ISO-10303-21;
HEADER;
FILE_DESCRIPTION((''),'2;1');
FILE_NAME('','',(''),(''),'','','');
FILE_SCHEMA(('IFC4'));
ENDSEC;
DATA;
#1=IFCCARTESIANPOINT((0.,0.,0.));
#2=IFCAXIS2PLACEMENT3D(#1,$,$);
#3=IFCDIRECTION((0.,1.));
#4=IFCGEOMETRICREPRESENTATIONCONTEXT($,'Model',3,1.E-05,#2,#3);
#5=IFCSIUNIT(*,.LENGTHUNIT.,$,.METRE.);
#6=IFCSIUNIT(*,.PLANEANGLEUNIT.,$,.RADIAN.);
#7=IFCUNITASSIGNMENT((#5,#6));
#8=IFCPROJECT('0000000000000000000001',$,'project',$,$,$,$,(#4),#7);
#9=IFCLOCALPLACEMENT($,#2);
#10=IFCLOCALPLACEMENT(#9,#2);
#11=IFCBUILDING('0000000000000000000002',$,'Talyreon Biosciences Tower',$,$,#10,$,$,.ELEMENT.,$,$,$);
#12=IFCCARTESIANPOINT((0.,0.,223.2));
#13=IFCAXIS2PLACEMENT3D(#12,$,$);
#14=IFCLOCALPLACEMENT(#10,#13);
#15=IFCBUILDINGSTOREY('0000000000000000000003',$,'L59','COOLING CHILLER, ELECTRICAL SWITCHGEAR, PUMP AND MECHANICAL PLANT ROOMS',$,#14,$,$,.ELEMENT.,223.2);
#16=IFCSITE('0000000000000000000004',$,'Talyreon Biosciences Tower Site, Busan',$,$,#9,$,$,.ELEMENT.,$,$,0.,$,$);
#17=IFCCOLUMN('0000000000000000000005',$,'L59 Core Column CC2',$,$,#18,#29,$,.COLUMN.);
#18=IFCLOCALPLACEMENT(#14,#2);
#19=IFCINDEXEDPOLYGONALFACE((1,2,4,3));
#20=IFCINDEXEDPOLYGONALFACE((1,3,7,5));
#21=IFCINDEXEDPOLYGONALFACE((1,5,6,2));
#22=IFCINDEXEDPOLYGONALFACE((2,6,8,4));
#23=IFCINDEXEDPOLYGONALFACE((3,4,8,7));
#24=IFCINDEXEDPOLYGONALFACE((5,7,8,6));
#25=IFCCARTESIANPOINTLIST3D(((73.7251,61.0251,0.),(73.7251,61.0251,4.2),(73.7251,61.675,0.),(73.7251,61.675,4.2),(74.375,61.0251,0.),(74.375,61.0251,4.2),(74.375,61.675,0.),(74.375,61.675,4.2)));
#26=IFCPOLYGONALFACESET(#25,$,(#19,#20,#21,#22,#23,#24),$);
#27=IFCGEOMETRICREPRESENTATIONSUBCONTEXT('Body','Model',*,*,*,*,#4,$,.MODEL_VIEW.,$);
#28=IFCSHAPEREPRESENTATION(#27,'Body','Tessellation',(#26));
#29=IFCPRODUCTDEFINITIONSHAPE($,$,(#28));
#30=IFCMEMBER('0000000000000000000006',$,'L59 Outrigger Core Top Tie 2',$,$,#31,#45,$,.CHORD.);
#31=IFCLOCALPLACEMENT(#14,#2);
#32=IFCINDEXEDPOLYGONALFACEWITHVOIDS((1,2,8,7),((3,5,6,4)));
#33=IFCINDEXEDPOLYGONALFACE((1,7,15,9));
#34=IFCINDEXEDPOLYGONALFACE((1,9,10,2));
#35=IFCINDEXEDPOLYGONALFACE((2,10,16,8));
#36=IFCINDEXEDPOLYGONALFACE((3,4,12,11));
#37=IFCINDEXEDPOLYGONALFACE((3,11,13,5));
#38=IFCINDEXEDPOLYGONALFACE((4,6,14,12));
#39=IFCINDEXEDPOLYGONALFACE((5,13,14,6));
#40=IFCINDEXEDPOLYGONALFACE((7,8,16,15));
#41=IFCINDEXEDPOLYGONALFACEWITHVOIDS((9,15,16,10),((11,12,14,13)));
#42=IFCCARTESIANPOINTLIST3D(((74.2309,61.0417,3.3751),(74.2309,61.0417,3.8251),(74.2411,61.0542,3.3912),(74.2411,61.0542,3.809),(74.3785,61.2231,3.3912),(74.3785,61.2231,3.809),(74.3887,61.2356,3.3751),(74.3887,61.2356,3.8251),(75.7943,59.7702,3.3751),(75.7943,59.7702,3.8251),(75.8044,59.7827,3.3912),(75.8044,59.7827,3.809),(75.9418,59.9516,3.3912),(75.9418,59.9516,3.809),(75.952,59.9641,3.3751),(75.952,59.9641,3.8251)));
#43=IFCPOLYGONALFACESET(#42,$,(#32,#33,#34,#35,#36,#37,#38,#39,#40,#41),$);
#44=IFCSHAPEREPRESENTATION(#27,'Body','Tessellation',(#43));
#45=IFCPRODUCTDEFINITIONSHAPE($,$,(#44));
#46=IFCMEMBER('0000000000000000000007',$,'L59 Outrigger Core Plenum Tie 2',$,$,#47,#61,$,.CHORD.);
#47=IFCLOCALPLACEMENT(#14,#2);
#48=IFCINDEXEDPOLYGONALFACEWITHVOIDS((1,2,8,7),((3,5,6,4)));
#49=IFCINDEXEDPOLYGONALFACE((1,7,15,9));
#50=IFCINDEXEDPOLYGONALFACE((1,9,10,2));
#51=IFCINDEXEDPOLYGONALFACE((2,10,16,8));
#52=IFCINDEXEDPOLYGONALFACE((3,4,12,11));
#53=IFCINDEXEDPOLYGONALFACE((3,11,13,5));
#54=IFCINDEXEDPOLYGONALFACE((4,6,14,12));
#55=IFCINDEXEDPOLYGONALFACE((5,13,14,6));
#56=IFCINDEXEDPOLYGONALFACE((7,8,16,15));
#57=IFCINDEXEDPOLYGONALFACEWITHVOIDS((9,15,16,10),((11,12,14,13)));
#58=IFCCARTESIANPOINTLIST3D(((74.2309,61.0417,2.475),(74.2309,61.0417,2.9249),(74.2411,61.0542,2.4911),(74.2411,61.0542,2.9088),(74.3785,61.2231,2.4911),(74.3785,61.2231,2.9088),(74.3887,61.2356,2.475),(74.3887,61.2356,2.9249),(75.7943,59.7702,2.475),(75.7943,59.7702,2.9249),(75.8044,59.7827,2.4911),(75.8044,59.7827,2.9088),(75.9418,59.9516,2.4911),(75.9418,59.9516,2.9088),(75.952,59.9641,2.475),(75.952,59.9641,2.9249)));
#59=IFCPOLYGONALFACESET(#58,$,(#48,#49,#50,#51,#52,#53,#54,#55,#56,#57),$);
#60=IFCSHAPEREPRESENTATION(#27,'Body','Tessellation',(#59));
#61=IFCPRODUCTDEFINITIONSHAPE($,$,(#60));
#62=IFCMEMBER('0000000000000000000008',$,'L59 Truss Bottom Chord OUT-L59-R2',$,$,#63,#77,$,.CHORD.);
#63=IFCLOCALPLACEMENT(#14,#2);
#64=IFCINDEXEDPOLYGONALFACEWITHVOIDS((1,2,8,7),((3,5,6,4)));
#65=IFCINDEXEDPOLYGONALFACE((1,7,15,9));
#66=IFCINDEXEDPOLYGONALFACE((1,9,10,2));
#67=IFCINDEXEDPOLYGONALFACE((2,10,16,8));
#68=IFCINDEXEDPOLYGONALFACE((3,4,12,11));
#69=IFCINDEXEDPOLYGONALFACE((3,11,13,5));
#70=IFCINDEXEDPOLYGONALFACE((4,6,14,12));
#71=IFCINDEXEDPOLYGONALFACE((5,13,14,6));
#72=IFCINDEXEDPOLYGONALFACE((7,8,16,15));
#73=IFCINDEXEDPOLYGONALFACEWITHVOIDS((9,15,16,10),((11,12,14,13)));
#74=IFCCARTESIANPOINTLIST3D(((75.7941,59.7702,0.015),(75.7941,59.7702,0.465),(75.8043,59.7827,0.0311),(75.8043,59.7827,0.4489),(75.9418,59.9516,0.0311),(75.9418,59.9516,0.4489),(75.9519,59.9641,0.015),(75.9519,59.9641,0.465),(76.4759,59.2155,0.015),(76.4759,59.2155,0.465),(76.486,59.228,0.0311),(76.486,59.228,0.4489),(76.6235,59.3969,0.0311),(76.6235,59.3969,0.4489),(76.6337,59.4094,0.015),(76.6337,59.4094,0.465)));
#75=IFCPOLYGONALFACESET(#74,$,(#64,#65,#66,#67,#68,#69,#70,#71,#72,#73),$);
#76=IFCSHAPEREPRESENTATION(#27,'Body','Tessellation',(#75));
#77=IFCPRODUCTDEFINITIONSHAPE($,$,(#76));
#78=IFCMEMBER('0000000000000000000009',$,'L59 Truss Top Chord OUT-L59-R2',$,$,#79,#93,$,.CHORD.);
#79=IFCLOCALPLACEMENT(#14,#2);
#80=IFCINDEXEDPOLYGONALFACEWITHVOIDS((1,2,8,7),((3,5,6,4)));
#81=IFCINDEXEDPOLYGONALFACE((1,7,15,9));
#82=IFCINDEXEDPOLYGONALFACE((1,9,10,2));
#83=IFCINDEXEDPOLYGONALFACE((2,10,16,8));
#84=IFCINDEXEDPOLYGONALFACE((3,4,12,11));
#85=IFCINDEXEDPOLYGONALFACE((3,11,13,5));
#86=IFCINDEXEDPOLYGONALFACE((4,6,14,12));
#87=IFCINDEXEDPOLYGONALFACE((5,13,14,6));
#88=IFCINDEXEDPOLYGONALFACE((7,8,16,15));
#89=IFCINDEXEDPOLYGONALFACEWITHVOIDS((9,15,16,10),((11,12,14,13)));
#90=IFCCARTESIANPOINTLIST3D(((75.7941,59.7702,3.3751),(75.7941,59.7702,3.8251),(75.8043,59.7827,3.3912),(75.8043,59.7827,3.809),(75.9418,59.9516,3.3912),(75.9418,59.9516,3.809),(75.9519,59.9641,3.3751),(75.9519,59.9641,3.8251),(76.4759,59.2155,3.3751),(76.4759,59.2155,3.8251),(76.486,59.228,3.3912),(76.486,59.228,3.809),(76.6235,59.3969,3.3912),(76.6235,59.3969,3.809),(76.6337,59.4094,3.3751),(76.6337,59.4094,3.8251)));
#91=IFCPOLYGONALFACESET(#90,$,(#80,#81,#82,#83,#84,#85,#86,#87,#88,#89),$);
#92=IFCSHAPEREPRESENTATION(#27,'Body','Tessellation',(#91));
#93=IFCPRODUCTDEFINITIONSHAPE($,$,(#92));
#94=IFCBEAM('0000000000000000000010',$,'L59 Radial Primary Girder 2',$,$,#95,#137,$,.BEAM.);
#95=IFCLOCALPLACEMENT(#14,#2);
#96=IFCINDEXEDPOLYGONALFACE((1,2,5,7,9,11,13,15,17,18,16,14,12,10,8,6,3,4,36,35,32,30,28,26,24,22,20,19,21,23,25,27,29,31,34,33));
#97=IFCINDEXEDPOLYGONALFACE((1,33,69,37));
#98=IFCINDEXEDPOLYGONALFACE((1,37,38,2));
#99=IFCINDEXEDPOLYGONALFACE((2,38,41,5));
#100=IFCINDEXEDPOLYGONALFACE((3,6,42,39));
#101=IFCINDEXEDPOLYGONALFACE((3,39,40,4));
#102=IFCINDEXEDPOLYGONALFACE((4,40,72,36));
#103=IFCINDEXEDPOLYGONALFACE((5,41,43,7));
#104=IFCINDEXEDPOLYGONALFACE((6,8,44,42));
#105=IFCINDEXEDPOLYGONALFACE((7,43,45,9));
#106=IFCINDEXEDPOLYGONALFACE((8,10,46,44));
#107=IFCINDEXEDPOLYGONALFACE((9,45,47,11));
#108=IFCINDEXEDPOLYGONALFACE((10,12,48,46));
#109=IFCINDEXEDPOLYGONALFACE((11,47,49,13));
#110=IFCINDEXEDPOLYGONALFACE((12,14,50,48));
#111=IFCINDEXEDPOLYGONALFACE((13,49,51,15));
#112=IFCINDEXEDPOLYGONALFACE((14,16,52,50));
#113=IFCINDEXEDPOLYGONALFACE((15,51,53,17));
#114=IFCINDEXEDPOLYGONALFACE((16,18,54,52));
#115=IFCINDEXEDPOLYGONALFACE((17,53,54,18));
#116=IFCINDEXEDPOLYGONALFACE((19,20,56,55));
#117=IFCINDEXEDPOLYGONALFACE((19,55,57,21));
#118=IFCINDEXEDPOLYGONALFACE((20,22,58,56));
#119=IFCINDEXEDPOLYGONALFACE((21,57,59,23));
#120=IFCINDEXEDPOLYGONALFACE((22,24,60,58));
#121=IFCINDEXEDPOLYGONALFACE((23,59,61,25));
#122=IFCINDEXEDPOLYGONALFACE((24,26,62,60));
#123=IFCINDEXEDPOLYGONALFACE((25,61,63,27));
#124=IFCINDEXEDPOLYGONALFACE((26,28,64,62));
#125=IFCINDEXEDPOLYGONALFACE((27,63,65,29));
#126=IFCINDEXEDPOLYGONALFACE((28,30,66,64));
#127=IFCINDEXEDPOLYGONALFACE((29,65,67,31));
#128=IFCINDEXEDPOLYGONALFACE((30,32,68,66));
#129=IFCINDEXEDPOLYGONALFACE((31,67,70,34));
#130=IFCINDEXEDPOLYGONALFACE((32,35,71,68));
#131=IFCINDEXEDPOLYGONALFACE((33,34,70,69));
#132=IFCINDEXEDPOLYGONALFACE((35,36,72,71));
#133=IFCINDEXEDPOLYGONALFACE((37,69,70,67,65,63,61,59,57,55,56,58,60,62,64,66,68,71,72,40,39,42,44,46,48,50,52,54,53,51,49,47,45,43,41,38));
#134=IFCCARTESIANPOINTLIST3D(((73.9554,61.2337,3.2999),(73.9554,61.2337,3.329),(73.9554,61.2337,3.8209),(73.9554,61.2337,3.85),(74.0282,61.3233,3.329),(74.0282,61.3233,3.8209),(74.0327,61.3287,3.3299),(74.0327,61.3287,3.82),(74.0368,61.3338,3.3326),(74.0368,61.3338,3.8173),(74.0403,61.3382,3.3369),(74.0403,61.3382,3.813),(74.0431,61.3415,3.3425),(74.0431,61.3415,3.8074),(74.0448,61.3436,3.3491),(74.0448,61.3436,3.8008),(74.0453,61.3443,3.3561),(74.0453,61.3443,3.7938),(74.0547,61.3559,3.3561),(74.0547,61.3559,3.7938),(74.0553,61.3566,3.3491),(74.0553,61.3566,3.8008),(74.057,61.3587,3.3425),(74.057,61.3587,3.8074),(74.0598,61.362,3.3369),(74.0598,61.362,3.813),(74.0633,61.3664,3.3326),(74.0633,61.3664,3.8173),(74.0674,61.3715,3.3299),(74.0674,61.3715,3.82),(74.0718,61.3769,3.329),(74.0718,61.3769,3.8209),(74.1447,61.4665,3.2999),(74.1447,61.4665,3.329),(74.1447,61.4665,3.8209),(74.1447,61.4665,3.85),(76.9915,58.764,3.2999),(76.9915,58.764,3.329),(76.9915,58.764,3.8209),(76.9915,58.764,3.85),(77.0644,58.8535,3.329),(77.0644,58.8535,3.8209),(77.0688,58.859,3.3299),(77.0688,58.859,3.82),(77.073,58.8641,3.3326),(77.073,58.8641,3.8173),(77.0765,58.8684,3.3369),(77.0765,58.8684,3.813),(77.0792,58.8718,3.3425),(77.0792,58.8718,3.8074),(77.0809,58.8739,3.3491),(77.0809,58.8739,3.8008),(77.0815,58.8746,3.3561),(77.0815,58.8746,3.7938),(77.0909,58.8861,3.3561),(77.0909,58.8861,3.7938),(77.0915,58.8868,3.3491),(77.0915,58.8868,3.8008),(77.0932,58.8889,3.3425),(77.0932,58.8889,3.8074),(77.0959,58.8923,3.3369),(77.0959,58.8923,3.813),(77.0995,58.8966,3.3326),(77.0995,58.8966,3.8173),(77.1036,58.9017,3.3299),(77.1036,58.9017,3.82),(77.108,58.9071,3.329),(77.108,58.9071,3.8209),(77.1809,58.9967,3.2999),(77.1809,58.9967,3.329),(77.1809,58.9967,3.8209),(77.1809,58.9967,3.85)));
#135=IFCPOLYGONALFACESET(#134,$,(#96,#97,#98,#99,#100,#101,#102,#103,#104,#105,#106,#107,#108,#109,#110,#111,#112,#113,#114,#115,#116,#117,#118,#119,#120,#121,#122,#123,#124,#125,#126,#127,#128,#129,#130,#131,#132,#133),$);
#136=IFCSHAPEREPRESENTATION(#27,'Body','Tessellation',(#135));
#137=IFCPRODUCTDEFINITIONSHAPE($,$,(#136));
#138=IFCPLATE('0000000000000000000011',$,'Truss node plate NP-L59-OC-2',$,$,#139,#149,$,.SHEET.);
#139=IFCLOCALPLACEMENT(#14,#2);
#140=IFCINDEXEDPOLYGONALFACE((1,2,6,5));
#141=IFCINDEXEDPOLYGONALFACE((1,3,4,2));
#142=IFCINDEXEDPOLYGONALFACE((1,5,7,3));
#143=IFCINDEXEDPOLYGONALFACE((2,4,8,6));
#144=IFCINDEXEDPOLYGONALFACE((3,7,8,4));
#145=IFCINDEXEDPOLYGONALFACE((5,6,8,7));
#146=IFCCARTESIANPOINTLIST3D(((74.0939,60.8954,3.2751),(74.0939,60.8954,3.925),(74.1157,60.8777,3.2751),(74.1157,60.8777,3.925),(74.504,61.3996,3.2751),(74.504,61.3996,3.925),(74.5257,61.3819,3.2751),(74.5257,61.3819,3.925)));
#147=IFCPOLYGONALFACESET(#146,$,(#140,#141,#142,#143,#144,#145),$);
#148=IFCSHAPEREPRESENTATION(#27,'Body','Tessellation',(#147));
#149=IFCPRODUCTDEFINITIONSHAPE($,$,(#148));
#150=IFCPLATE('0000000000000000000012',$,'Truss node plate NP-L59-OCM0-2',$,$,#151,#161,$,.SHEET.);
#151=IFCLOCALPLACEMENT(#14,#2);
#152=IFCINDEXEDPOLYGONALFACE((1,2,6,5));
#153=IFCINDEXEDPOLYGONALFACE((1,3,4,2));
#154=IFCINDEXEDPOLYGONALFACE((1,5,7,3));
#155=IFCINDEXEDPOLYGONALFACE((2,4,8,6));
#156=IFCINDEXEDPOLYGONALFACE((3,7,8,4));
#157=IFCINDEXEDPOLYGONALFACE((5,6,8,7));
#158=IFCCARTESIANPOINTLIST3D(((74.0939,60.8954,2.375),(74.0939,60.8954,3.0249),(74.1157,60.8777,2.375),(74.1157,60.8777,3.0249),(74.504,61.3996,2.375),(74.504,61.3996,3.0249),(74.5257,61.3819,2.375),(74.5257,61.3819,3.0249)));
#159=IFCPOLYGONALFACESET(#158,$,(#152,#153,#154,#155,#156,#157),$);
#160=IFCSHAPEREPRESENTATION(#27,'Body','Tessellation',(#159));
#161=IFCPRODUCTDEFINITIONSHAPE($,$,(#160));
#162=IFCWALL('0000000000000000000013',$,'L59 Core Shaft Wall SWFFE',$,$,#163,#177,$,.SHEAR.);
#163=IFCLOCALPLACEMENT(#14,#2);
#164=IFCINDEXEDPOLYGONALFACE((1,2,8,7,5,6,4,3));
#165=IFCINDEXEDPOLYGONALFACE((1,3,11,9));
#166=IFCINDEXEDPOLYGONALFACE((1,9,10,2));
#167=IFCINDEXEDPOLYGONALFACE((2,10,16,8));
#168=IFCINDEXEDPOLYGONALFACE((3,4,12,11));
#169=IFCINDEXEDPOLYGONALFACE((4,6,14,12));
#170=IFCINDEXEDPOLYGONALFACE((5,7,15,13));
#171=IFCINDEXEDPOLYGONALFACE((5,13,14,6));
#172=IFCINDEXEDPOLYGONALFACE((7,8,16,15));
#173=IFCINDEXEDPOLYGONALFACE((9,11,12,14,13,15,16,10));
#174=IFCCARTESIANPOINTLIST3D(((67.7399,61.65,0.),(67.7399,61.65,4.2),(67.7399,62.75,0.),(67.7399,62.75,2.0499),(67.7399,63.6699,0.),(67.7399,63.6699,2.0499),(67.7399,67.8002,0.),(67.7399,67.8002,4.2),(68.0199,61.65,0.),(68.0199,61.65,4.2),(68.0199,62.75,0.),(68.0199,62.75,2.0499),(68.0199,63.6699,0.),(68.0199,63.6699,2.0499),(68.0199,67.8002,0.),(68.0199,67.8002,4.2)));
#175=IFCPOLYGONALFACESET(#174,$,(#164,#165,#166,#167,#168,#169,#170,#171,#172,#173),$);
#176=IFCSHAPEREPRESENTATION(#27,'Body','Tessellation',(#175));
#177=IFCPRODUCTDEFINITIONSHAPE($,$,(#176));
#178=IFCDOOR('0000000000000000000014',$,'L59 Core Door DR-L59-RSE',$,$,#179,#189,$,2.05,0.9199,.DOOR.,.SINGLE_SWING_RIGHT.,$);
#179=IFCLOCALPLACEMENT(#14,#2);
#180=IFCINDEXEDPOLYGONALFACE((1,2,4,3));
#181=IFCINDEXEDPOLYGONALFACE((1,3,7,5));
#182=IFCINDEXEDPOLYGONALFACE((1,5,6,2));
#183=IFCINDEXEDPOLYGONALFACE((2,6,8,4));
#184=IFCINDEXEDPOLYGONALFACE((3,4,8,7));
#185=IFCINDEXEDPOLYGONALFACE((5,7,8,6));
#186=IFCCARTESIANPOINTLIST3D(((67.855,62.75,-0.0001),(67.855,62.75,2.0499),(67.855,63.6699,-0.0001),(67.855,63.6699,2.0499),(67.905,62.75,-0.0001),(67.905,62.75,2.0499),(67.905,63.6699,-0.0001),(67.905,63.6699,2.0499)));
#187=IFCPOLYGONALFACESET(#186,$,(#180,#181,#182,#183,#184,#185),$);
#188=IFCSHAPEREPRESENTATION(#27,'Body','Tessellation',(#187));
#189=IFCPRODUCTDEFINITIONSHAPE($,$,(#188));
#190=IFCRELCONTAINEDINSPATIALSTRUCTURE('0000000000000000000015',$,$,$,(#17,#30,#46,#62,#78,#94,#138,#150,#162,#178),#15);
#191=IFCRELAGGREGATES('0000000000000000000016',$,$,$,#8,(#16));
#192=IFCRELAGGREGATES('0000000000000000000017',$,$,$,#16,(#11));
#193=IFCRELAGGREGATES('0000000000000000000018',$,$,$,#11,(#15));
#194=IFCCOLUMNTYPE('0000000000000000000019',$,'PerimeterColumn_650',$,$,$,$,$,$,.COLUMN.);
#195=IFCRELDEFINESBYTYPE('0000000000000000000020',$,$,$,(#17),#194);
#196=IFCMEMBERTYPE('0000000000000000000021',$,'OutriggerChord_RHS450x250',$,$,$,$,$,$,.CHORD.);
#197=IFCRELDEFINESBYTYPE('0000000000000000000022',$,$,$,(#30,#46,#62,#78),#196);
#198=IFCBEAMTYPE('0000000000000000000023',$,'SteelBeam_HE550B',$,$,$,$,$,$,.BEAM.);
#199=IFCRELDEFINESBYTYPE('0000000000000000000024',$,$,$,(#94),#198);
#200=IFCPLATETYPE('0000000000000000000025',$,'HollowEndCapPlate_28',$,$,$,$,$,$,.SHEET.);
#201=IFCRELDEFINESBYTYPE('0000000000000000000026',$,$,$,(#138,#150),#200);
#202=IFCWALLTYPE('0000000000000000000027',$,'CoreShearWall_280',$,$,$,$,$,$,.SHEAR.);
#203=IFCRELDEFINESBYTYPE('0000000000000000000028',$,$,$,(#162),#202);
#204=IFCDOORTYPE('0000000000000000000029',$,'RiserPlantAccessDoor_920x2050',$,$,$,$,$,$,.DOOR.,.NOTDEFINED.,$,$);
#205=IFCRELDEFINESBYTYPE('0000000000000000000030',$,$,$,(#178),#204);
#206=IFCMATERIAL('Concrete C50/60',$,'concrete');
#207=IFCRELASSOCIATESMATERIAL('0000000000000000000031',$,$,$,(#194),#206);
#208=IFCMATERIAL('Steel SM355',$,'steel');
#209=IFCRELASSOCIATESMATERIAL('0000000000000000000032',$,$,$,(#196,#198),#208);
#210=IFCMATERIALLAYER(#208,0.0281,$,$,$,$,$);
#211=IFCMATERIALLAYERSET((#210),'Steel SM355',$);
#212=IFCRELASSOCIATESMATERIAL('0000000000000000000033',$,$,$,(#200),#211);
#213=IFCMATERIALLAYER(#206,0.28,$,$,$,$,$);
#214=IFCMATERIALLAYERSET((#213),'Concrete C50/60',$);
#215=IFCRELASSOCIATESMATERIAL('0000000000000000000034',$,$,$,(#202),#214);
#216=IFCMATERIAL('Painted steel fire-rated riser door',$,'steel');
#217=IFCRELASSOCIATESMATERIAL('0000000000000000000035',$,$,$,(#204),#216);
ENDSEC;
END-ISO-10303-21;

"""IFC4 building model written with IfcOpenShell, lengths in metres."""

from ifc_helpers import new_model, si_unit, direction, frame, frame_2d, origin, origin_2d, place, context, subcontext, project, spatial, rectangle, hollow_rectangle, i_section, extrude, material, layer, layer_set, material_profile, profile_set, type_object, element, fill, save


model = new_model("IFC4")

# Units and contexts
model_context = context("Model", 3, precision=1e-05, world=origin(), true_north=direction((0.0, 1.0)))
body_context = subcontext(model_context, "Body", "Model", "MODEL_VIEW")
ifc_project = project(units=[si_unit("LENGTHUNIT", "METRE"), si_unit("PLANEANGLEUNIT", "RADIAN")], contexts=[model_context])

# Site, building, storey
site_placement = place(None, origin())
site = spatial("IfcSite", under=ifc_project, at=site_placement, Name="Talyreon Biosciences Tower Site, Busan", CompositionType="ELEMENT", RefElevation=0.0)
building_placement = place(site_placement, origin())
building = spatial("IfcBuilding", under=site, at=building_placement, Name="Talyreon Biosciences Tower", CompositionType="ELEMENT")
storey_placement = place(building_placement, frame((0.0, 0.0, 223.2)))
storey = spatial("IfcBuildingStorey", under=building, at=storey_placement, Name="L59", Description="COOLING CHILLER, ELECTRICAL SWITCHGEAR, PUMP AND MECHANICAL PLANT ROOMS", CompositionType="ELEMENT", Elevation=223.2)

# Column
ifc_material_1 = material(Name="Concrete C50/60", Category="concrete")
ifc_material_profile_1 = material_profile(ifc_material_1, rectangle(XDim=0.6499, YDim=0.6499, at=origin_2d()), Name="RC 650x650")
ifc_profile_set_1 = profile_set([ifc_material_profile_1], Name="Concrete C50/60")
column_type = type_object("IfcColumnType", Name="PerimeterColumn_650", PredefinedType="COLUMN", material=ifc_profile_set_1)
column_placement = place(storey_placement, frame((74.05, 61.3501, 0.0), z_axis=(0.0, 0.0, 1.0), x_axis=(1.0, 0.0, 0.0)))
element("IfcColumn", 1, at=column_placement, inside=storey, type_object=column_type, Name="L59 Core Column CC2", PredefinedType="COLUMN", context=body_context, shape_type="SweptSolid", body=[
    extrude(rectangle(XDim=0.6499, YDim=0.6499, at=origin_2d()), origin(), (0.0, 0.0, 1.0), 4.2),
])

# Members
ifc_material_2 = material(Name="Steel SM355", Category="steel")
ifc_material_profile_2 = material_profile(ifc_material_2, hollow_rectangle(XDim=0.25, YDim=0.45, WallThickness=0.0161, at=origin_2d()), Name="RHS 450x250x16")
ifc_profile_set_2 = profile_set([ifc_material_profile_2], Name="Steel SM355")
member_type = type_object("IfcMemberType", Name="OutriggerChord_RHS450x250", PredefinedType="CHORD", material=ifc_profile_set_2)
for number, where, z_axis, x_axis, name in (
    (2, (74.3098, 61.1387, 3.6001), (0.775784, -0.630998, 0.0), (0.630998, 0.775784, 0.0), "L59 Outrigger Core Top Tie 2"),
    (3, (74.3098, 61.1387, 2.7), (0.775784, -0.630998, 0.0), (0.630998, 0.775784, 0.0), "L59 Outrigger Core Plenum Tie 2"),
):
    element("IfcMember", number, at=place(storey_placement, frame(where, z_axis=z_axis, x_axis=x_axis)), inside=storey, type_object=member_type, Name=name, PredefinedType="CHORD", context=body_context, shape_type="SweptSolid", body=[
        extrude(hollow_rectangle(XDim=0.25, YDim=0.45, WallThickness=0.0161, at=origin_2d()), origin(), (0.0, 0.0, 1.0), 2.0151),
    ])
for number, where, z_axis, x_axis, name in (
    (4, (75.873, 59.8672, 0.24), (0.775638, -0.631178, 0.0), (0.631178, 0.775638, 0.0), "L59 Truss Bottom Chord OUT-L59-R2"),
    (5, (75.873, 59.8672, 3.6001), (0.775638, -0.631178, 0.0), (0.631178, 0.775638, 0.0), "L59 Truss Top Chord OUT-L59-R2"),
):
    element("IfcMember", number, at=place(storey_placement, frame(where, z_axis=z_axis, x_axis=x_axis)), inside=storey, type_object=member_type, Name=name, PredefinedType="CHORD", context=body_context, shape_type="SweptSolid", body=[
        extrude(hollow_rectangle(XDim=0.25, YDim=0.45, WallThickness=0.0161, at=origin_2d()), origin(), (0.0, 0.0, 1.0), 0.8789),
    ])

# Beam
ifc_material_profile_3 = material_profile(ifc_material_2, i_section(OverallWidth=0.3, OverallDepth=0.55, WebThickness=0.0149, FlangeThickness=0.0291, FilletRadius=0.0271, at=origin_2d()), Name="HE550B")
ifc_profile_set_3 = profile_set([ifc_material_profile_3], Name="Steel SM355")
beam_type = type_object("IfcBeamType", Name="SteelBeam_HE550B", PredefinedType="BEAM", material=ifc_profile_set_3)
beam_placement = place(storey_placement, frame((74.05, 61.3501, 3.575), z_axis=(0.775755, -0.631034, 0.0), x_axis=(0.631034, 0.775755, 0.0)))
element("IfcBeam", 6, at=beam_placement, inside=storey, type_object=beam_type, Name="L59 Radial Primary Girder 2", PredefinedType="BEAM", context=body_context, shape_type="SweptSolid", body=[
    extrude(i_section(OverallWidth=0.3, OverallDepth=0.55, WebThickness=0.0149, FlangeThickness=0.0291, FilletRadius=0.0271, at=origin_2d()), origin(), (0.0, 0.0, 1.0), 3.9138),
])

# Plates
ifc_layer_1 = layer(ifc_material_2, 0.0281)
ifc_layer_set_1 = layer_set([ifc_layer_1], Name="Steel SM355")
plate_type = type_object("IfcPlateType", Name="HollowEndCapPlate_28", PredefinedType="SHEET", material=ifc_layer_set_1)
for number, where, z_axis, x_axis, name in (
    (7, (74.3098, 61.1387, 3.2751), (0.0, 0.0, 1.0), (0.631001, 0.775782, 0.0), "Truss node plate NP-L59-OC-2"),
    (8, (74.3098, 61.1387, 2.375), (0.0, 0.0, 1.0), (0.631001, 0.775782, 0.0), "Truss node plate NP-L59-OCM0-2"),
):
    element("IfcPlate", number, at=place(storey_placement, frame(where, z_axis=z_axis, x_axis=x_axis)), inside=storey, type_object=plate_type, Name=name, PredefinedType="SHEET", context=body_context, shape_type="SweptSolid", body=[
        extrude(rectangle(XDim=0.6499, YDim=0.0281, at=origin_2d()), origin(), (0.0, 0.0, 1.0), 0.6499),
    ])

# Wall, opening, door
ifc_layer_2 = layer(ifc_material_1, 0.28)
ifc_layer_set_2 = layer_set([ifc_layer_2], Name="Concrete C50/60")
wall_type_1 = type_object("IfcWallType", Name="CoreShearWall_280", PredefinedType="SHEAR", material=ifc_layer_set_2)
wall_1_placement = place(storey_placement, frame((67.8799, 61.6499, 0.0), z_axis=(0.0, 0.0, 1.0), x_axis=(0.0, 1.0, 0.0)))
wall_1 = element("IfcWall", 9, at=wall_1_placement, inside=storey, type_object=wall_type_1, Name="L59 Core Shaft Wall SWFFE", PredefinedType="SHEAR", context=body_context, shape_type="SweptSolid", body=[
    extrude(rectangle(XDim=6.1501, YDim=0.28, at=frame_2d((3.0752, 0.0))), origin(), (0.0, 0.0, 1.0), 4.2),
])
opening_1_placement = place(wall_1_placement, frame((1.1001, 0.0, 0.0)))
opening_1 = element("IfcOpeningElement", 10, at=opening_1_placement, cuts=wall_1, PredefinedType="OPENING", context=body_context, shape_type="SweptSolid", body=[
    extrude(rectangle(XDim=0.9199, YDim=2.05, at=frame_2d((0.46, 1.0249))), frame((0.0, 0.1499, 0.0), z_axis=(0.0, -1.0, 0.0), x_axis=(1.0, 0.0, 0.0)), (0.0, 0.0, 1.0), 0.3),
])
ifc_material_3 = material(Name="Painted steel fire-rated riser door", Category="steel")
door_type = type_object("IfcDoorType", Name="RiserPlantAccessDoor_920x2050", OperationType="NOTDEFINED", PredefinedType="DOOR", material=ifc_material_3)
door_1_placement = place(opening_1_placement, origin())
door_1 = element("IfcDoor", 11, at=door_1_placement, inside=storey, type_object=door_type, Name="L59 Core Door DR-L59-RSE", OperationType="SINGLE_SWING_RIGHT", OverallHeight=2.05, OverallWidth=0.9199, PredefinedType="DOOR", context=body_context, shape_type="SweptSolid", body=[
    extrude(rectangle(XDim=0.9199, YDim=2.05, at=frame_2d((0.46, 1.0249))), frame((0.0, 0.0249, 0.0), z_axis=(0.0, -1.0, 0.0), x_axis=(1.0, 0.0, 0.0)), (0.0, 0.0, 1.0), 0.05),
])
fill(opening_1, door_1)

save(model, "model.ifc")
